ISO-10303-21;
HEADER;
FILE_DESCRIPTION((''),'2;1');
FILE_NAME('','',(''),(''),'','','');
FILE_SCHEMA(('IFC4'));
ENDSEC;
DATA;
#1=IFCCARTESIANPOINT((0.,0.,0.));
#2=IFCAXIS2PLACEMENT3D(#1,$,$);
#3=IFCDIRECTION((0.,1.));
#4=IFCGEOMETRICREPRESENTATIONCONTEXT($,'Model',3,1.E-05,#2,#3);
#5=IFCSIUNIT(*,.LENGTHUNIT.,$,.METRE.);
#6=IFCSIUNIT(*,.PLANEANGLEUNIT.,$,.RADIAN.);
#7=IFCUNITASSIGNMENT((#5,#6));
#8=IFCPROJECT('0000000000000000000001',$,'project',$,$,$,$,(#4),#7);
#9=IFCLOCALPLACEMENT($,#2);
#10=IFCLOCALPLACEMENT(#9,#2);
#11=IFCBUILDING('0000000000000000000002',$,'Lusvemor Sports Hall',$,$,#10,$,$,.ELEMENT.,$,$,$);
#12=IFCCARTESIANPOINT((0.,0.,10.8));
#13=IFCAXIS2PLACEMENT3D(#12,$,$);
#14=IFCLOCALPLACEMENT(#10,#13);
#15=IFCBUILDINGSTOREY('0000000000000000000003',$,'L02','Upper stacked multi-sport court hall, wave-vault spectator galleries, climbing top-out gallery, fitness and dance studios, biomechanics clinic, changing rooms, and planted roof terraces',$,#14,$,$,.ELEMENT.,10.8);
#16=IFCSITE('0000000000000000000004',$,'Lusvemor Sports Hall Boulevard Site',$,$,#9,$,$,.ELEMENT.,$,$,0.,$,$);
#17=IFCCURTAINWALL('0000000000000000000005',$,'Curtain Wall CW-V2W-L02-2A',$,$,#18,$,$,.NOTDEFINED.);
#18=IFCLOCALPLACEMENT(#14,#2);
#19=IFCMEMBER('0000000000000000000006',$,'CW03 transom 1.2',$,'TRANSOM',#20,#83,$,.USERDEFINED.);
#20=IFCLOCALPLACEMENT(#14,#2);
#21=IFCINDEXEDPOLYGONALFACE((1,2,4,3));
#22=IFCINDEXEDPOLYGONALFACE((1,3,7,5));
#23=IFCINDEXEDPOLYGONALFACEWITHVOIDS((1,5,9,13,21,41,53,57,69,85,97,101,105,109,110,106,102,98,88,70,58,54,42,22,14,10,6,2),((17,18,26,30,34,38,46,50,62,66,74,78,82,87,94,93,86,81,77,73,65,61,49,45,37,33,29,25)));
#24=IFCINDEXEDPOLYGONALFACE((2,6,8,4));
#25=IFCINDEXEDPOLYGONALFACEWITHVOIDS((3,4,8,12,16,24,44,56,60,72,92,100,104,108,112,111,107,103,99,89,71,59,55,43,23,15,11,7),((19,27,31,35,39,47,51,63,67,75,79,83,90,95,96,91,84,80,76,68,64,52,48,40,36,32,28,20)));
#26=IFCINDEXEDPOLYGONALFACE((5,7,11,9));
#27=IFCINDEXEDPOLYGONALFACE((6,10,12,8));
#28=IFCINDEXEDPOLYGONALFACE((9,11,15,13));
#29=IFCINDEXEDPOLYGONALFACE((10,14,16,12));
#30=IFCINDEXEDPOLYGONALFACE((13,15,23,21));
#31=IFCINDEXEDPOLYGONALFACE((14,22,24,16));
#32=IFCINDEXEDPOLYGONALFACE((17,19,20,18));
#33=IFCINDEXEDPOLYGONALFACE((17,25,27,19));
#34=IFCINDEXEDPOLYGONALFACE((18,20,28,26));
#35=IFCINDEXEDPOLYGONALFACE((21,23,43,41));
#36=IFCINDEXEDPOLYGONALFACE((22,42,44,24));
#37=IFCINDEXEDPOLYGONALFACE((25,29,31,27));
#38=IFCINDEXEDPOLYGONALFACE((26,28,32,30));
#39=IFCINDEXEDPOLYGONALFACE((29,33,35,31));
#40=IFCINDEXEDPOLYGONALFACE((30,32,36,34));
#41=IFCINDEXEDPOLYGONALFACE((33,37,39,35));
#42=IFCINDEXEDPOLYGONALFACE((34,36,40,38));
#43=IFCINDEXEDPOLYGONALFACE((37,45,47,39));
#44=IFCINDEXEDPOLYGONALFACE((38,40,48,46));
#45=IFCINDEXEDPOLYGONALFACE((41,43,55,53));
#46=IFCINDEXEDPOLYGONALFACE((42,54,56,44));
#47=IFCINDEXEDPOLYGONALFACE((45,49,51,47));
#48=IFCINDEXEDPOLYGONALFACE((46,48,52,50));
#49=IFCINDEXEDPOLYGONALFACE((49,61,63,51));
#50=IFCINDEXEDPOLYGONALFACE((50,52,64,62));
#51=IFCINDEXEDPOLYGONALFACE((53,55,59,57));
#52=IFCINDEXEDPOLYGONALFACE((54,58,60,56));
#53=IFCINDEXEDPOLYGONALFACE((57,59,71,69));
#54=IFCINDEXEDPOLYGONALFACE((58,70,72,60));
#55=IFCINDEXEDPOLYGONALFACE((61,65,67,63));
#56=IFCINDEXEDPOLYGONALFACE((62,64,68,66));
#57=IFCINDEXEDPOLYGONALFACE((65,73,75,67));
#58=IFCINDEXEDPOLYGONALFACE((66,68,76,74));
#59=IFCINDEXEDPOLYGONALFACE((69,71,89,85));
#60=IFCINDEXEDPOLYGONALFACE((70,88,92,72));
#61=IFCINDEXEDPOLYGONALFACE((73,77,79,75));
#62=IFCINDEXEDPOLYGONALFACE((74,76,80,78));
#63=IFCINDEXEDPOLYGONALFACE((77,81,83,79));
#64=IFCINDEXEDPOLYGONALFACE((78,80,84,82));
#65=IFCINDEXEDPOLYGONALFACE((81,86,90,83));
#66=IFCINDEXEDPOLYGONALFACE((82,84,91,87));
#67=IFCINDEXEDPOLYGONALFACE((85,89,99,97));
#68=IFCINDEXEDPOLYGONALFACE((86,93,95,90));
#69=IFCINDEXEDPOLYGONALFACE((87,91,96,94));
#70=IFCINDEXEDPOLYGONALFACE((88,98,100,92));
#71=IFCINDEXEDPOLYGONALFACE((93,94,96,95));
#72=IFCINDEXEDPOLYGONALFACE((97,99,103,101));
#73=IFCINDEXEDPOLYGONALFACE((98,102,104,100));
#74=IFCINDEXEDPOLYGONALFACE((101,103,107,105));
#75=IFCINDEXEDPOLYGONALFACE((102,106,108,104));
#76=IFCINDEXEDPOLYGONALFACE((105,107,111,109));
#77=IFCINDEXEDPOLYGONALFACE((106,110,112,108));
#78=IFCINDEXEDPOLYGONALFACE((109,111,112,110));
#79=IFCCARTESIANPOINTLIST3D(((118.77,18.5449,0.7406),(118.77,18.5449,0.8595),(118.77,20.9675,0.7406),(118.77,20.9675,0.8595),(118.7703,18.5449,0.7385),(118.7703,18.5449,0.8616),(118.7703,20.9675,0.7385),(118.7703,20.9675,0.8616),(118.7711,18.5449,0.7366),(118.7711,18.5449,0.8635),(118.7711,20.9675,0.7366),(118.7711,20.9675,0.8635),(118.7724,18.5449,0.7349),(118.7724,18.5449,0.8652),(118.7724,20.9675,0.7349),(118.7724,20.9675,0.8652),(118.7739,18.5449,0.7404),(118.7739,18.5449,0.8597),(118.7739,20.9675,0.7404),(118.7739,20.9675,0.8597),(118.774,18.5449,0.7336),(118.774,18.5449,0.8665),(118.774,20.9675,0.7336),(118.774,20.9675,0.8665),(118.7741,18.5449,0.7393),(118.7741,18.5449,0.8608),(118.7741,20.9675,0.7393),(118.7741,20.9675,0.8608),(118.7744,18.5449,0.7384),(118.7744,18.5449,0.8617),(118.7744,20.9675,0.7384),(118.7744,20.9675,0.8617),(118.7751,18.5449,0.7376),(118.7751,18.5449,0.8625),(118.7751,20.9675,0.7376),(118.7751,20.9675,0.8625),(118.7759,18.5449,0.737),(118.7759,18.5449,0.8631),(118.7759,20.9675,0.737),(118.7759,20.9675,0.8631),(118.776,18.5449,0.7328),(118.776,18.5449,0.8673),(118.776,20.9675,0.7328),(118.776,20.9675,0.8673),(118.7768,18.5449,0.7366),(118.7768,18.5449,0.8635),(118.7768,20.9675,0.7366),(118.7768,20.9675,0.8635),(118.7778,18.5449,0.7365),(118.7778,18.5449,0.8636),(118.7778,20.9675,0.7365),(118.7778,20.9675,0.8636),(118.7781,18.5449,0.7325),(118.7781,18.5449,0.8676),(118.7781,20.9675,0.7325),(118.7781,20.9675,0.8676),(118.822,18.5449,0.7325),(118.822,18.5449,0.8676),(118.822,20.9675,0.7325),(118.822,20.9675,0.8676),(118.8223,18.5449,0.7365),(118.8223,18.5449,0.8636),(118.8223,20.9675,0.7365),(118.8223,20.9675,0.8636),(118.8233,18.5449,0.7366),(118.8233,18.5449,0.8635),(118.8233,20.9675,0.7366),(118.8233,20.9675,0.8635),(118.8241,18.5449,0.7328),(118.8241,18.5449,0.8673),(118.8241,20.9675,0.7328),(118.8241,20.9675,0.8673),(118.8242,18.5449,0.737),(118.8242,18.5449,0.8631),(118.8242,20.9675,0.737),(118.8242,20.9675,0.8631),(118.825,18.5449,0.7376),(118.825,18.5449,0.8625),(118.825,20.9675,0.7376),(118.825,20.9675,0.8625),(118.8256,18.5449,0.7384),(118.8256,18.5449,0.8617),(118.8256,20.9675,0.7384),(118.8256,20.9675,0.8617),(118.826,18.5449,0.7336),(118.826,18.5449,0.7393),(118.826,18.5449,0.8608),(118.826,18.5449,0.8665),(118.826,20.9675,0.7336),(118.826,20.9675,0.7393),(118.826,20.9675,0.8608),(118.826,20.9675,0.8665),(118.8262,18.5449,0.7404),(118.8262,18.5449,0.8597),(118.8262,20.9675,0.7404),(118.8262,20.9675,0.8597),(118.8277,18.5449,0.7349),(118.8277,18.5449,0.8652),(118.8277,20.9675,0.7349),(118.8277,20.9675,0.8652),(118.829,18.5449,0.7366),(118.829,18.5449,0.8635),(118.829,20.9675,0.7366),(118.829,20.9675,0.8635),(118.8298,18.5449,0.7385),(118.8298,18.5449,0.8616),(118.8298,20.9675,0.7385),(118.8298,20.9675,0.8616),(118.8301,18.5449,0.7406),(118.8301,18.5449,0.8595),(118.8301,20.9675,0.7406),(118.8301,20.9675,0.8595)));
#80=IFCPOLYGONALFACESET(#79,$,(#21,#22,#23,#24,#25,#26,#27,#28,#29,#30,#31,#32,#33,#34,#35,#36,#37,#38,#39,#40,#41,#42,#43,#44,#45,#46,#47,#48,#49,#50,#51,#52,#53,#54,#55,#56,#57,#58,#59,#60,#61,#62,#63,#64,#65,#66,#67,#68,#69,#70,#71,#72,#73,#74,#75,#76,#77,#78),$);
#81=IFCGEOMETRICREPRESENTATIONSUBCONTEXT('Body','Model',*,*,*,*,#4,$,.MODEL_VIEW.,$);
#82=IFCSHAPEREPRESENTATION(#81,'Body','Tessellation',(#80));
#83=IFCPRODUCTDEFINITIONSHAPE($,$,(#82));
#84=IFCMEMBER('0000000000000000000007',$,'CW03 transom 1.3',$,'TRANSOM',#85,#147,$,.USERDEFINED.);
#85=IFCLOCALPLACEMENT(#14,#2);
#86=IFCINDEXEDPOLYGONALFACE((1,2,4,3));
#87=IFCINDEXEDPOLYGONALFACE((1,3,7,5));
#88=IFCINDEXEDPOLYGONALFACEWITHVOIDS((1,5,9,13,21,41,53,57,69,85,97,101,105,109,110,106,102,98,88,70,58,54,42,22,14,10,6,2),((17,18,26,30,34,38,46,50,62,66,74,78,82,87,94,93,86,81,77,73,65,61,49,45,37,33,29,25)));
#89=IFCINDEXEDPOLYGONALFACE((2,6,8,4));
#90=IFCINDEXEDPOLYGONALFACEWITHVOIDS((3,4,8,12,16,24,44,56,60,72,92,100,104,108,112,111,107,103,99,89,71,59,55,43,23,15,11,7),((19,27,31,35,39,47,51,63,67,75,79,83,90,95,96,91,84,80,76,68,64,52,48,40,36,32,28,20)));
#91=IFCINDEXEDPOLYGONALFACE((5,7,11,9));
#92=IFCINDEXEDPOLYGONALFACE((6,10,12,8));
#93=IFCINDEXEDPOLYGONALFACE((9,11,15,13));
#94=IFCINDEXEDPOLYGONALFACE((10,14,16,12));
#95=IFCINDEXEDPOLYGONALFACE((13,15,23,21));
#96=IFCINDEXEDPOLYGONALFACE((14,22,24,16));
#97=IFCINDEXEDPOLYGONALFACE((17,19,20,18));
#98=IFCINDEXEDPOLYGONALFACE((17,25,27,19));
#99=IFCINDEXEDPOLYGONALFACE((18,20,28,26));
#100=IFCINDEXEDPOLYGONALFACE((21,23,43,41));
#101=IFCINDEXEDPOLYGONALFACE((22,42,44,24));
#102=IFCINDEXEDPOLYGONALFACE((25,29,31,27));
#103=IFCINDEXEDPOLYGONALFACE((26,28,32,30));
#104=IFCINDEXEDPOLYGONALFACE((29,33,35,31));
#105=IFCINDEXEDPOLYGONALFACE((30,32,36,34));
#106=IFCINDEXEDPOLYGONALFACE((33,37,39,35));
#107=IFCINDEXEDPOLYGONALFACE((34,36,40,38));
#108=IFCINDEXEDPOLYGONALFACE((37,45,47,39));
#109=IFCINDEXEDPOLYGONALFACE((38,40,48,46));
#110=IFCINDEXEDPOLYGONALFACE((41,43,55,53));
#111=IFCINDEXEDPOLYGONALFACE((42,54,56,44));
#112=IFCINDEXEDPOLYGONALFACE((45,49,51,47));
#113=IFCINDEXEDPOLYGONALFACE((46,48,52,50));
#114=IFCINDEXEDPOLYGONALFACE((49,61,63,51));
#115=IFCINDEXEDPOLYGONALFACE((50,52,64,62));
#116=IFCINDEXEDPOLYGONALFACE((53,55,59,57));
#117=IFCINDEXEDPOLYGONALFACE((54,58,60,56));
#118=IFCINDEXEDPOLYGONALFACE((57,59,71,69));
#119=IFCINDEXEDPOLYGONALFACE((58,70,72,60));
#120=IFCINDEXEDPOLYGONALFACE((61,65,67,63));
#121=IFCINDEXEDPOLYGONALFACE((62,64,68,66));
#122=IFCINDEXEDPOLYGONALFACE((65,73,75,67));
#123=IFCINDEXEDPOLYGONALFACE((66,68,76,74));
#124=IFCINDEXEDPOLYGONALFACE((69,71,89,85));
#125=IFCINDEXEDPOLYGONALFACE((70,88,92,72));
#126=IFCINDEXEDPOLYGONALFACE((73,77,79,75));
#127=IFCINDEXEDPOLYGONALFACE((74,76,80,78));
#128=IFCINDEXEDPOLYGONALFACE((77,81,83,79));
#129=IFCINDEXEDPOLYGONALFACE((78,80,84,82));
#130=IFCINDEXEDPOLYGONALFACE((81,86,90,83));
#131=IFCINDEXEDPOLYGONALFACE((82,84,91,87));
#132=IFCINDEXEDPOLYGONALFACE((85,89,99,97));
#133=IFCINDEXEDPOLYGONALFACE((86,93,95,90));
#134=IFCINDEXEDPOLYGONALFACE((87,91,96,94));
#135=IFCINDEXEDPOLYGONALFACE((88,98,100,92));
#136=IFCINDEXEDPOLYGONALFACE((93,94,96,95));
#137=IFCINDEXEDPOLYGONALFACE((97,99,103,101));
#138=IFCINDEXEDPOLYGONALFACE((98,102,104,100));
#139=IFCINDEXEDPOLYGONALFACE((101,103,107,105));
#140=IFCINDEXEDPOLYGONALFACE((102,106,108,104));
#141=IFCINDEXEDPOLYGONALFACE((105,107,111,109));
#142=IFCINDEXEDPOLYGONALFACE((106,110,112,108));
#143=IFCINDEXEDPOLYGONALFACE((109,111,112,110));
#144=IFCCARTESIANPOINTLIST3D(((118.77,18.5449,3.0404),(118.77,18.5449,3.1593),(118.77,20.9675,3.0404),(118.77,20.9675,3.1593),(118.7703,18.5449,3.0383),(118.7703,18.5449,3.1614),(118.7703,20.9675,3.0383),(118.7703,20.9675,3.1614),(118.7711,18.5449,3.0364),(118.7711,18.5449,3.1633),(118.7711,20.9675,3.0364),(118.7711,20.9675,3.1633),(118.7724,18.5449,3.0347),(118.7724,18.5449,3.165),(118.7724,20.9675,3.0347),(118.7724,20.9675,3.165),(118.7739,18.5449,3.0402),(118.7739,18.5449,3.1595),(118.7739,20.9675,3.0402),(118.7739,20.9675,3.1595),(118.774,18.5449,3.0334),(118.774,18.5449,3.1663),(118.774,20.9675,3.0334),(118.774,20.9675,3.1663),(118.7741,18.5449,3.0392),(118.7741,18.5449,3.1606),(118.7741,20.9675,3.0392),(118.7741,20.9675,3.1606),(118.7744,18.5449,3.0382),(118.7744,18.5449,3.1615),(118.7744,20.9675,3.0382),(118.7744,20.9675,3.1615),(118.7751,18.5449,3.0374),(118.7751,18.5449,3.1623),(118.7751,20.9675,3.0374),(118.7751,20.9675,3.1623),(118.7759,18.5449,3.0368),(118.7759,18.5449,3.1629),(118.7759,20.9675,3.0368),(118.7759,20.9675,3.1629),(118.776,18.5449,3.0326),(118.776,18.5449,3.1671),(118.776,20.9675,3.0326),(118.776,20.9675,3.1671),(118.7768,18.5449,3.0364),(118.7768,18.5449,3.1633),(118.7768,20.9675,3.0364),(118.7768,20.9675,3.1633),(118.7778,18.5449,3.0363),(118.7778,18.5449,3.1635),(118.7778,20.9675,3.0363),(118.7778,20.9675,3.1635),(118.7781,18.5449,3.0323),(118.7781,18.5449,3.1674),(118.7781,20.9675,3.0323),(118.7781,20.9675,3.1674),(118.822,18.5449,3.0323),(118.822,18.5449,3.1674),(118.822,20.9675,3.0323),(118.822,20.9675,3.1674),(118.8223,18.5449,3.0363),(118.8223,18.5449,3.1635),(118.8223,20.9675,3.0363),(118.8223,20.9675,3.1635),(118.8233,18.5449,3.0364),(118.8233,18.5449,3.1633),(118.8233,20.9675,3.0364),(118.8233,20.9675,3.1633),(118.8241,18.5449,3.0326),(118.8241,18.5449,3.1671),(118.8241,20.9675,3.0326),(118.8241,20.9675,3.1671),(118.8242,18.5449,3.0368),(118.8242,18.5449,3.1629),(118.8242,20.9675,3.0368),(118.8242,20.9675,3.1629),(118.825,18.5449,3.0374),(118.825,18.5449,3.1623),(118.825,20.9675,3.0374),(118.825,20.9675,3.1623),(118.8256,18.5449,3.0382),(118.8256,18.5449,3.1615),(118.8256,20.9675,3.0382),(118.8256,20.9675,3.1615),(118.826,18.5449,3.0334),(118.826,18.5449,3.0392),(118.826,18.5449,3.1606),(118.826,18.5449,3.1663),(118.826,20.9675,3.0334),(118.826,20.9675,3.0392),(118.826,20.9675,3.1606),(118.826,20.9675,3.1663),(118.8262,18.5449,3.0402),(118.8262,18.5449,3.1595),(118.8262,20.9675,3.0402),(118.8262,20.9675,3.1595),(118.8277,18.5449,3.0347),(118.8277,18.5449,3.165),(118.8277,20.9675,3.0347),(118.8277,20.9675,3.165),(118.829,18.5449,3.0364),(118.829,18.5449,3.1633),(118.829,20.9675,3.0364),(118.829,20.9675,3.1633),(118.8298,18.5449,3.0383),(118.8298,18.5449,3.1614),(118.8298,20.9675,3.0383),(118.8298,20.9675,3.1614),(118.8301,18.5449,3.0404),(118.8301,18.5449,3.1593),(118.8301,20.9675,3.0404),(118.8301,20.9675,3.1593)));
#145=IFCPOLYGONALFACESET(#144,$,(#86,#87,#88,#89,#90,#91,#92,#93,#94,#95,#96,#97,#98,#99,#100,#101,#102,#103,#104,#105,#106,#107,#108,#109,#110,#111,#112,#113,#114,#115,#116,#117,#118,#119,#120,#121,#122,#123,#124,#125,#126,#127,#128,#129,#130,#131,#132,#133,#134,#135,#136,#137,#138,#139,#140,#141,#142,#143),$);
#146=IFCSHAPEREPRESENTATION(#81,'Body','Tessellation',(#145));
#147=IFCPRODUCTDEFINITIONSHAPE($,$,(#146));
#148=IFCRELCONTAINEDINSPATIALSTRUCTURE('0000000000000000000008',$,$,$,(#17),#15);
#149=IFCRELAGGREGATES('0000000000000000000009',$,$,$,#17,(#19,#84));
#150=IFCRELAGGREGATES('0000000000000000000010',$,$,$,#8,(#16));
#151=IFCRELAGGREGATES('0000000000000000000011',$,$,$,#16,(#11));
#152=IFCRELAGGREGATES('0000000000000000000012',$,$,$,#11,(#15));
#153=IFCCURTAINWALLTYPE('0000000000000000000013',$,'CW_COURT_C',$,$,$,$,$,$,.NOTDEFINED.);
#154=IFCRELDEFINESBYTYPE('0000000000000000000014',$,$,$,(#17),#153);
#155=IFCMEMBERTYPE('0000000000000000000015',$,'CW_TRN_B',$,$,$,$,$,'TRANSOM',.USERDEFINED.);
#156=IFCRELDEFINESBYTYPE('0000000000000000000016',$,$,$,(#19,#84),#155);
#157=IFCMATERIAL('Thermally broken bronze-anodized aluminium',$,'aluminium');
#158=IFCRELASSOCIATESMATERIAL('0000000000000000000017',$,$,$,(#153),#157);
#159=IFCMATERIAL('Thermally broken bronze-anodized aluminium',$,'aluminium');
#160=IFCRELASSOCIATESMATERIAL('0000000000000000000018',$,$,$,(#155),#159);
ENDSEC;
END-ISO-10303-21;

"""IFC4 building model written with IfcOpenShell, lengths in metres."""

from ifc_helpers import new_model, si_unit, direction, frame, origin, origin_2d, place, context, subcontext, project, spatial, hollow_rectangle, extrude, material, material_profile, profile_set, type_object, element, aggregate, save


model = new_model("IFC4")

# Units and contexts
model_context = context("Model", 3, precision=1e-05, world=origin(), true_north=direction((0.0, 1.0)))
body_context = subcontext(model_context, "Body", "Model", "MODEL_VIEW")
ifc_project = project(units=[si_unit("LENGTHUNIT", "METRE"), si_unit("PLANEANGLEUNIT", "RADIAN")], contexts=[model_context])

# Site, building, storey
site_placement = place(None, origin())
site = spatial("IfcSite", under=ifc_project, at=site_placement, Name="Lusvemor Sports Hall Boulevard Site", CompositionType="ELEMENT", RefElevation=0.0)
building_placement = place(site_placement, origin())
building = spatial("IfcBuilding", under=site, at=building_placement, Name="Lusvemor Sports Hall", CompositionType="ELEMENT")
storey_placement = place(building_placement, frame((0.0, 0.0, 10.8)))
storey = spatial("IfcBuildingStorey", under=building, at=storey_placement, Name="L02", Description="Upper stacked multi-sport court hall, wave-vault spectator galleries, climbing top-out gallery, fitness and dance studios, biomechanics clinic, changing rooms, and planted roof terraces", CompositionType="ELEMENT", Elevation=10.8)

# Curtain wall, members
ifc_material_1 = material(Name="Thermally broken bronze-anodized aluminium", Category="aluminium")
curtain_wall_type = type_object("IfcCurtainWallType", Name="CW_COURT_C", PredefinedType="NOTDEFINED", material=ifc_material_1)
curtain_wall_placement = place(storey_placement, origin())
curtain_wall = element("IfcCurtainWall", 1, at=curtain_wall_placement, inside=storey, type_object=curtain_wall_type, Name="Curtain Wall CW-V2W-L02-2A", PredefinedType="NOTDEFINED")
ifc_material_2 = material(Name="Thermally broken bronze-anodized aluminium", Category="aluminium")
ifc_material_profile_1 = material_profile(ifc_material_2, hollow_rectangle(XDim=0.0601, YDim=0.135, WallThickness=0.0039, InnerFilletRadius=0.0039, OuterFilletRadius=0.0081, at=origin_2d()), Name="CWTRN135x60x4")
ifc_profile_set_1 = profile_set([ifc_material_profile_1], Name="Thermally broken bronze-anodized aluminium")
member_type_1 = type_object("IfcMemberType", Name="CW_TRN_B", ElementType="TRANSOM", PredefinedType="USERDEFINED", material=ifc_profile_set_1)
member_1_placement = place(storey_placement, frame((118.8, 18.5449, 0.8), z_axis=(0.0, 1.0, 0.0), x_axis=(-1.0, 0.0, 0.0)))
member_1 = element("IfcMember", 2, at=member_1_placement, type_object=member_type_1, Name="CW03 transom 1.2", ObjectType="TRANSOM", PredefinedType="USERDEFINED", context=body_context, shape_type="SweptSolid", body=[
    extrude(hollow_rectangle(XDim=0.0601, YDim=0.135, WallThickness=0.0039, InnerFilletRadius=0.0039, OuterFilletRadius=0.0081, at=origin_2d()), origin(), (0.0, 0.0, 1.0), 2.4226),
])
member_2_placement = place(storey_placement, frame((118.8, 18.5449, 3.0999), z_axis=(0.0, 1.0, 0.0), x_axis=(-1.0, 0.0, 0.0)))
member_2 = element("IfcMember", 3, at=member_2_placement, type_object=member_type_1, Name="CW03 transom 1.3", ObjectType="TRANSOM", PredefinedType="USERDEFINED", context=body_context, shape_type="SweptSolid", body=[
    extrude(hollow_rectangle(XDim=0.0601, YDim=0.135, WallThickness=0.0039, InnerFilletRadius=0.0039, OuterFilletRadius=0.0081, at=origin_2d()), origin(), (0.0, 0.0, 1.0), 2.4226),
])
aggregate(curtain_wall, [member_1, member_2])

save(model, "model.ifc")
